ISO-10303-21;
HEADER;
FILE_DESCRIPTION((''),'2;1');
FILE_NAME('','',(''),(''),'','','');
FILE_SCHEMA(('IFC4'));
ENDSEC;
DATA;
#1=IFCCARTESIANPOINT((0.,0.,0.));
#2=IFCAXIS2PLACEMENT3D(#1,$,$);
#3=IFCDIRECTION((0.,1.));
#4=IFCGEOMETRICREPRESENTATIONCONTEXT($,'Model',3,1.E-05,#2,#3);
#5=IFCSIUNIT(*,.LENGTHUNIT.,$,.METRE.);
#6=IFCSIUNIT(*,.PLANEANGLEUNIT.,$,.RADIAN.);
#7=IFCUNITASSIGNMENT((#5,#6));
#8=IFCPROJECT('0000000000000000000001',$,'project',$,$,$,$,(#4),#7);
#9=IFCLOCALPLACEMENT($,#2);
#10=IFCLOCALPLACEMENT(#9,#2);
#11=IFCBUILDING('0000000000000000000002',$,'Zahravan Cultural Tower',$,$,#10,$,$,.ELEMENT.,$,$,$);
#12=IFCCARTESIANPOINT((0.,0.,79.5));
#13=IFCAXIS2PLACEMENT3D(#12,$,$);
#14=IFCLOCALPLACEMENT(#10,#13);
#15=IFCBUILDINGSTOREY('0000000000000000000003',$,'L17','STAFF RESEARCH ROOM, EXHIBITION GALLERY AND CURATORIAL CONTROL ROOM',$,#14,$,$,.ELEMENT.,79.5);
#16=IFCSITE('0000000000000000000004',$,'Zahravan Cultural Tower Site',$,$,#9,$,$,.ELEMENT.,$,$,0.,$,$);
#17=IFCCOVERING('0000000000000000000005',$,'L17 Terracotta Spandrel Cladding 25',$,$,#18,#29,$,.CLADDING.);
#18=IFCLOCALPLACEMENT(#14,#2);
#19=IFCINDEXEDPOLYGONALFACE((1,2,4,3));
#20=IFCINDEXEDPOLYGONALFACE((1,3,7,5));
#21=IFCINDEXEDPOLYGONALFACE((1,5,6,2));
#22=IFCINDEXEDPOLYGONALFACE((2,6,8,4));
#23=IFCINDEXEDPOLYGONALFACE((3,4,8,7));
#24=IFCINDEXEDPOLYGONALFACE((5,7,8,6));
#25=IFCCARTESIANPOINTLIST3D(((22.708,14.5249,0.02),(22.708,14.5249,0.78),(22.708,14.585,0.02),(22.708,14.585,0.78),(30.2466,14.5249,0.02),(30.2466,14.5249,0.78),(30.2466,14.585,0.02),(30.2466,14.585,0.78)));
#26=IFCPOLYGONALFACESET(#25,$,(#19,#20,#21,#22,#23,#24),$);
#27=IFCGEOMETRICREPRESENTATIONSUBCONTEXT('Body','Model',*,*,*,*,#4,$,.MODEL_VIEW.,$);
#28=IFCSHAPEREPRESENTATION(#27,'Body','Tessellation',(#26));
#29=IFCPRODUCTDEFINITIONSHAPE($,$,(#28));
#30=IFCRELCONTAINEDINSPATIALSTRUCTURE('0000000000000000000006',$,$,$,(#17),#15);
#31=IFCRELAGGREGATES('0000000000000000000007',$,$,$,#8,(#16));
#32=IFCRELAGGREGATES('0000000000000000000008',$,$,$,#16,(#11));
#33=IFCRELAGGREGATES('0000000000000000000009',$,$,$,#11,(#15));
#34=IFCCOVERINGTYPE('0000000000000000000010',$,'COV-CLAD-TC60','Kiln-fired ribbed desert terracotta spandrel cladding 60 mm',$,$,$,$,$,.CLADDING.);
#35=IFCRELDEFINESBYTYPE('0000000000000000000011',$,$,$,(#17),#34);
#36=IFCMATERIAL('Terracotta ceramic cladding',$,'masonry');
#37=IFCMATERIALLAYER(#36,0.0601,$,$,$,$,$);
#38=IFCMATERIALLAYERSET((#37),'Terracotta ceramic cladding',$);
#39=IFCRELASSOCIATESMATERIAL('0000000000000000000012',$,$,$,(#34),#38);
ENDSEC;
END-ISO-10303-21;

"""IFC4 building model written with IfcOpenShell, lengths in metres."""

from ifc_helpers import new_model, si_unit, direction, frame, origin, origin_2d, place, context, subcontext, project, spatial, rectangle, extrude, source, transform, mapped, material, layer, layer_set, type_object, element, save


model = new_model("IFC4")

# Units and contexts
model_context = context("Model", 3, precision=1e-05, world=origin(), true_north=direction((0.0, 1.0)))
body_context = subcontext(model_context, "Body", "Model", "MODEL_VIEW")
ifc_project = project(units=[si_unit("LENGTHUNIT", "METRE"), si_unit("PLANEANGLEUNIT", "RADIAN")], contexts=[model_context])

# Site, building, storey
site_placement = place(None, origin())
site = spatial("IfcSite", under=ifc_project, at=site_placement, Name="Zahravan Cultural Tower Site", CompositionType="ELEMENT", RefElevation=0.0)
building_placement = place(site_placement, origin())
building = spatial("IfcBuilding", under=site, at=building_placement, Name="Zahravan Cultural Tower", CompositionType="ELEMENT")
storey_placement = place(building_placement, frame((0.0, 0.0, 79.5)))
storey = spatial("IfcBuildingStorey", under=building, at=storey_placement, Name="L17", Description="STAFF RESEARCH ROOM, EXHIBITION GALLERY AND CURATORIAL CONTROL ROOM", CompositionType="ELEMENT", Elevation=79.5)

# Covering
ifc_material_1 = material(Name="Terracotta ceramic cladding", Category="masonry")
ifc_layer_1 = layer(ifc_material_1, 0.0601)
ifc_layer_set_1 = layer_set([ifc_layer_1], Name="Terracotta ceramic cladding")
covering_type = type_object("IfcCoveringType", Name="COV-CLAD-TC60", Description="Kiln-fired ribbed desert terracotta spandrel cladding 60 mm", PredefinedType="CLADDING", material=ifc_layer_set_1)
shared_shape_1 = source(origin(), body_context, "Body", "SweptSolid", [
    extrude(rectangle(XDim=7.5386, YDim=0.0601, at=origin_2d()), origin(), (0.0, 0.0, 1.0), 0.76),
])
covering_placement = place(storey_placement, frame((26.4773, 14.5549, 0.02), z_axis=(0.0, 0.0, 1.0), x_axis=(-1.0, 0.0, 0.0)))
element("IfcCovering", 1, at=covering_placement, inside=storey, type_object=covering_type, Name="L17 Terracotta Spandrel Cladding 25", PredefinedType="CLADDING", context=body_context, shape_type="MappedRepresentation", body=[
    mapped(shared_shape_1, transform((0.0, 0.0, 0.0), x_axis=(1.0, 0.0, 0.0), y_axis=(0.0, 1.0, 0.0), z_axis=(0.0, 0.0, 1.0), scale=1.0)),
])

save(model, "model.ifc")
